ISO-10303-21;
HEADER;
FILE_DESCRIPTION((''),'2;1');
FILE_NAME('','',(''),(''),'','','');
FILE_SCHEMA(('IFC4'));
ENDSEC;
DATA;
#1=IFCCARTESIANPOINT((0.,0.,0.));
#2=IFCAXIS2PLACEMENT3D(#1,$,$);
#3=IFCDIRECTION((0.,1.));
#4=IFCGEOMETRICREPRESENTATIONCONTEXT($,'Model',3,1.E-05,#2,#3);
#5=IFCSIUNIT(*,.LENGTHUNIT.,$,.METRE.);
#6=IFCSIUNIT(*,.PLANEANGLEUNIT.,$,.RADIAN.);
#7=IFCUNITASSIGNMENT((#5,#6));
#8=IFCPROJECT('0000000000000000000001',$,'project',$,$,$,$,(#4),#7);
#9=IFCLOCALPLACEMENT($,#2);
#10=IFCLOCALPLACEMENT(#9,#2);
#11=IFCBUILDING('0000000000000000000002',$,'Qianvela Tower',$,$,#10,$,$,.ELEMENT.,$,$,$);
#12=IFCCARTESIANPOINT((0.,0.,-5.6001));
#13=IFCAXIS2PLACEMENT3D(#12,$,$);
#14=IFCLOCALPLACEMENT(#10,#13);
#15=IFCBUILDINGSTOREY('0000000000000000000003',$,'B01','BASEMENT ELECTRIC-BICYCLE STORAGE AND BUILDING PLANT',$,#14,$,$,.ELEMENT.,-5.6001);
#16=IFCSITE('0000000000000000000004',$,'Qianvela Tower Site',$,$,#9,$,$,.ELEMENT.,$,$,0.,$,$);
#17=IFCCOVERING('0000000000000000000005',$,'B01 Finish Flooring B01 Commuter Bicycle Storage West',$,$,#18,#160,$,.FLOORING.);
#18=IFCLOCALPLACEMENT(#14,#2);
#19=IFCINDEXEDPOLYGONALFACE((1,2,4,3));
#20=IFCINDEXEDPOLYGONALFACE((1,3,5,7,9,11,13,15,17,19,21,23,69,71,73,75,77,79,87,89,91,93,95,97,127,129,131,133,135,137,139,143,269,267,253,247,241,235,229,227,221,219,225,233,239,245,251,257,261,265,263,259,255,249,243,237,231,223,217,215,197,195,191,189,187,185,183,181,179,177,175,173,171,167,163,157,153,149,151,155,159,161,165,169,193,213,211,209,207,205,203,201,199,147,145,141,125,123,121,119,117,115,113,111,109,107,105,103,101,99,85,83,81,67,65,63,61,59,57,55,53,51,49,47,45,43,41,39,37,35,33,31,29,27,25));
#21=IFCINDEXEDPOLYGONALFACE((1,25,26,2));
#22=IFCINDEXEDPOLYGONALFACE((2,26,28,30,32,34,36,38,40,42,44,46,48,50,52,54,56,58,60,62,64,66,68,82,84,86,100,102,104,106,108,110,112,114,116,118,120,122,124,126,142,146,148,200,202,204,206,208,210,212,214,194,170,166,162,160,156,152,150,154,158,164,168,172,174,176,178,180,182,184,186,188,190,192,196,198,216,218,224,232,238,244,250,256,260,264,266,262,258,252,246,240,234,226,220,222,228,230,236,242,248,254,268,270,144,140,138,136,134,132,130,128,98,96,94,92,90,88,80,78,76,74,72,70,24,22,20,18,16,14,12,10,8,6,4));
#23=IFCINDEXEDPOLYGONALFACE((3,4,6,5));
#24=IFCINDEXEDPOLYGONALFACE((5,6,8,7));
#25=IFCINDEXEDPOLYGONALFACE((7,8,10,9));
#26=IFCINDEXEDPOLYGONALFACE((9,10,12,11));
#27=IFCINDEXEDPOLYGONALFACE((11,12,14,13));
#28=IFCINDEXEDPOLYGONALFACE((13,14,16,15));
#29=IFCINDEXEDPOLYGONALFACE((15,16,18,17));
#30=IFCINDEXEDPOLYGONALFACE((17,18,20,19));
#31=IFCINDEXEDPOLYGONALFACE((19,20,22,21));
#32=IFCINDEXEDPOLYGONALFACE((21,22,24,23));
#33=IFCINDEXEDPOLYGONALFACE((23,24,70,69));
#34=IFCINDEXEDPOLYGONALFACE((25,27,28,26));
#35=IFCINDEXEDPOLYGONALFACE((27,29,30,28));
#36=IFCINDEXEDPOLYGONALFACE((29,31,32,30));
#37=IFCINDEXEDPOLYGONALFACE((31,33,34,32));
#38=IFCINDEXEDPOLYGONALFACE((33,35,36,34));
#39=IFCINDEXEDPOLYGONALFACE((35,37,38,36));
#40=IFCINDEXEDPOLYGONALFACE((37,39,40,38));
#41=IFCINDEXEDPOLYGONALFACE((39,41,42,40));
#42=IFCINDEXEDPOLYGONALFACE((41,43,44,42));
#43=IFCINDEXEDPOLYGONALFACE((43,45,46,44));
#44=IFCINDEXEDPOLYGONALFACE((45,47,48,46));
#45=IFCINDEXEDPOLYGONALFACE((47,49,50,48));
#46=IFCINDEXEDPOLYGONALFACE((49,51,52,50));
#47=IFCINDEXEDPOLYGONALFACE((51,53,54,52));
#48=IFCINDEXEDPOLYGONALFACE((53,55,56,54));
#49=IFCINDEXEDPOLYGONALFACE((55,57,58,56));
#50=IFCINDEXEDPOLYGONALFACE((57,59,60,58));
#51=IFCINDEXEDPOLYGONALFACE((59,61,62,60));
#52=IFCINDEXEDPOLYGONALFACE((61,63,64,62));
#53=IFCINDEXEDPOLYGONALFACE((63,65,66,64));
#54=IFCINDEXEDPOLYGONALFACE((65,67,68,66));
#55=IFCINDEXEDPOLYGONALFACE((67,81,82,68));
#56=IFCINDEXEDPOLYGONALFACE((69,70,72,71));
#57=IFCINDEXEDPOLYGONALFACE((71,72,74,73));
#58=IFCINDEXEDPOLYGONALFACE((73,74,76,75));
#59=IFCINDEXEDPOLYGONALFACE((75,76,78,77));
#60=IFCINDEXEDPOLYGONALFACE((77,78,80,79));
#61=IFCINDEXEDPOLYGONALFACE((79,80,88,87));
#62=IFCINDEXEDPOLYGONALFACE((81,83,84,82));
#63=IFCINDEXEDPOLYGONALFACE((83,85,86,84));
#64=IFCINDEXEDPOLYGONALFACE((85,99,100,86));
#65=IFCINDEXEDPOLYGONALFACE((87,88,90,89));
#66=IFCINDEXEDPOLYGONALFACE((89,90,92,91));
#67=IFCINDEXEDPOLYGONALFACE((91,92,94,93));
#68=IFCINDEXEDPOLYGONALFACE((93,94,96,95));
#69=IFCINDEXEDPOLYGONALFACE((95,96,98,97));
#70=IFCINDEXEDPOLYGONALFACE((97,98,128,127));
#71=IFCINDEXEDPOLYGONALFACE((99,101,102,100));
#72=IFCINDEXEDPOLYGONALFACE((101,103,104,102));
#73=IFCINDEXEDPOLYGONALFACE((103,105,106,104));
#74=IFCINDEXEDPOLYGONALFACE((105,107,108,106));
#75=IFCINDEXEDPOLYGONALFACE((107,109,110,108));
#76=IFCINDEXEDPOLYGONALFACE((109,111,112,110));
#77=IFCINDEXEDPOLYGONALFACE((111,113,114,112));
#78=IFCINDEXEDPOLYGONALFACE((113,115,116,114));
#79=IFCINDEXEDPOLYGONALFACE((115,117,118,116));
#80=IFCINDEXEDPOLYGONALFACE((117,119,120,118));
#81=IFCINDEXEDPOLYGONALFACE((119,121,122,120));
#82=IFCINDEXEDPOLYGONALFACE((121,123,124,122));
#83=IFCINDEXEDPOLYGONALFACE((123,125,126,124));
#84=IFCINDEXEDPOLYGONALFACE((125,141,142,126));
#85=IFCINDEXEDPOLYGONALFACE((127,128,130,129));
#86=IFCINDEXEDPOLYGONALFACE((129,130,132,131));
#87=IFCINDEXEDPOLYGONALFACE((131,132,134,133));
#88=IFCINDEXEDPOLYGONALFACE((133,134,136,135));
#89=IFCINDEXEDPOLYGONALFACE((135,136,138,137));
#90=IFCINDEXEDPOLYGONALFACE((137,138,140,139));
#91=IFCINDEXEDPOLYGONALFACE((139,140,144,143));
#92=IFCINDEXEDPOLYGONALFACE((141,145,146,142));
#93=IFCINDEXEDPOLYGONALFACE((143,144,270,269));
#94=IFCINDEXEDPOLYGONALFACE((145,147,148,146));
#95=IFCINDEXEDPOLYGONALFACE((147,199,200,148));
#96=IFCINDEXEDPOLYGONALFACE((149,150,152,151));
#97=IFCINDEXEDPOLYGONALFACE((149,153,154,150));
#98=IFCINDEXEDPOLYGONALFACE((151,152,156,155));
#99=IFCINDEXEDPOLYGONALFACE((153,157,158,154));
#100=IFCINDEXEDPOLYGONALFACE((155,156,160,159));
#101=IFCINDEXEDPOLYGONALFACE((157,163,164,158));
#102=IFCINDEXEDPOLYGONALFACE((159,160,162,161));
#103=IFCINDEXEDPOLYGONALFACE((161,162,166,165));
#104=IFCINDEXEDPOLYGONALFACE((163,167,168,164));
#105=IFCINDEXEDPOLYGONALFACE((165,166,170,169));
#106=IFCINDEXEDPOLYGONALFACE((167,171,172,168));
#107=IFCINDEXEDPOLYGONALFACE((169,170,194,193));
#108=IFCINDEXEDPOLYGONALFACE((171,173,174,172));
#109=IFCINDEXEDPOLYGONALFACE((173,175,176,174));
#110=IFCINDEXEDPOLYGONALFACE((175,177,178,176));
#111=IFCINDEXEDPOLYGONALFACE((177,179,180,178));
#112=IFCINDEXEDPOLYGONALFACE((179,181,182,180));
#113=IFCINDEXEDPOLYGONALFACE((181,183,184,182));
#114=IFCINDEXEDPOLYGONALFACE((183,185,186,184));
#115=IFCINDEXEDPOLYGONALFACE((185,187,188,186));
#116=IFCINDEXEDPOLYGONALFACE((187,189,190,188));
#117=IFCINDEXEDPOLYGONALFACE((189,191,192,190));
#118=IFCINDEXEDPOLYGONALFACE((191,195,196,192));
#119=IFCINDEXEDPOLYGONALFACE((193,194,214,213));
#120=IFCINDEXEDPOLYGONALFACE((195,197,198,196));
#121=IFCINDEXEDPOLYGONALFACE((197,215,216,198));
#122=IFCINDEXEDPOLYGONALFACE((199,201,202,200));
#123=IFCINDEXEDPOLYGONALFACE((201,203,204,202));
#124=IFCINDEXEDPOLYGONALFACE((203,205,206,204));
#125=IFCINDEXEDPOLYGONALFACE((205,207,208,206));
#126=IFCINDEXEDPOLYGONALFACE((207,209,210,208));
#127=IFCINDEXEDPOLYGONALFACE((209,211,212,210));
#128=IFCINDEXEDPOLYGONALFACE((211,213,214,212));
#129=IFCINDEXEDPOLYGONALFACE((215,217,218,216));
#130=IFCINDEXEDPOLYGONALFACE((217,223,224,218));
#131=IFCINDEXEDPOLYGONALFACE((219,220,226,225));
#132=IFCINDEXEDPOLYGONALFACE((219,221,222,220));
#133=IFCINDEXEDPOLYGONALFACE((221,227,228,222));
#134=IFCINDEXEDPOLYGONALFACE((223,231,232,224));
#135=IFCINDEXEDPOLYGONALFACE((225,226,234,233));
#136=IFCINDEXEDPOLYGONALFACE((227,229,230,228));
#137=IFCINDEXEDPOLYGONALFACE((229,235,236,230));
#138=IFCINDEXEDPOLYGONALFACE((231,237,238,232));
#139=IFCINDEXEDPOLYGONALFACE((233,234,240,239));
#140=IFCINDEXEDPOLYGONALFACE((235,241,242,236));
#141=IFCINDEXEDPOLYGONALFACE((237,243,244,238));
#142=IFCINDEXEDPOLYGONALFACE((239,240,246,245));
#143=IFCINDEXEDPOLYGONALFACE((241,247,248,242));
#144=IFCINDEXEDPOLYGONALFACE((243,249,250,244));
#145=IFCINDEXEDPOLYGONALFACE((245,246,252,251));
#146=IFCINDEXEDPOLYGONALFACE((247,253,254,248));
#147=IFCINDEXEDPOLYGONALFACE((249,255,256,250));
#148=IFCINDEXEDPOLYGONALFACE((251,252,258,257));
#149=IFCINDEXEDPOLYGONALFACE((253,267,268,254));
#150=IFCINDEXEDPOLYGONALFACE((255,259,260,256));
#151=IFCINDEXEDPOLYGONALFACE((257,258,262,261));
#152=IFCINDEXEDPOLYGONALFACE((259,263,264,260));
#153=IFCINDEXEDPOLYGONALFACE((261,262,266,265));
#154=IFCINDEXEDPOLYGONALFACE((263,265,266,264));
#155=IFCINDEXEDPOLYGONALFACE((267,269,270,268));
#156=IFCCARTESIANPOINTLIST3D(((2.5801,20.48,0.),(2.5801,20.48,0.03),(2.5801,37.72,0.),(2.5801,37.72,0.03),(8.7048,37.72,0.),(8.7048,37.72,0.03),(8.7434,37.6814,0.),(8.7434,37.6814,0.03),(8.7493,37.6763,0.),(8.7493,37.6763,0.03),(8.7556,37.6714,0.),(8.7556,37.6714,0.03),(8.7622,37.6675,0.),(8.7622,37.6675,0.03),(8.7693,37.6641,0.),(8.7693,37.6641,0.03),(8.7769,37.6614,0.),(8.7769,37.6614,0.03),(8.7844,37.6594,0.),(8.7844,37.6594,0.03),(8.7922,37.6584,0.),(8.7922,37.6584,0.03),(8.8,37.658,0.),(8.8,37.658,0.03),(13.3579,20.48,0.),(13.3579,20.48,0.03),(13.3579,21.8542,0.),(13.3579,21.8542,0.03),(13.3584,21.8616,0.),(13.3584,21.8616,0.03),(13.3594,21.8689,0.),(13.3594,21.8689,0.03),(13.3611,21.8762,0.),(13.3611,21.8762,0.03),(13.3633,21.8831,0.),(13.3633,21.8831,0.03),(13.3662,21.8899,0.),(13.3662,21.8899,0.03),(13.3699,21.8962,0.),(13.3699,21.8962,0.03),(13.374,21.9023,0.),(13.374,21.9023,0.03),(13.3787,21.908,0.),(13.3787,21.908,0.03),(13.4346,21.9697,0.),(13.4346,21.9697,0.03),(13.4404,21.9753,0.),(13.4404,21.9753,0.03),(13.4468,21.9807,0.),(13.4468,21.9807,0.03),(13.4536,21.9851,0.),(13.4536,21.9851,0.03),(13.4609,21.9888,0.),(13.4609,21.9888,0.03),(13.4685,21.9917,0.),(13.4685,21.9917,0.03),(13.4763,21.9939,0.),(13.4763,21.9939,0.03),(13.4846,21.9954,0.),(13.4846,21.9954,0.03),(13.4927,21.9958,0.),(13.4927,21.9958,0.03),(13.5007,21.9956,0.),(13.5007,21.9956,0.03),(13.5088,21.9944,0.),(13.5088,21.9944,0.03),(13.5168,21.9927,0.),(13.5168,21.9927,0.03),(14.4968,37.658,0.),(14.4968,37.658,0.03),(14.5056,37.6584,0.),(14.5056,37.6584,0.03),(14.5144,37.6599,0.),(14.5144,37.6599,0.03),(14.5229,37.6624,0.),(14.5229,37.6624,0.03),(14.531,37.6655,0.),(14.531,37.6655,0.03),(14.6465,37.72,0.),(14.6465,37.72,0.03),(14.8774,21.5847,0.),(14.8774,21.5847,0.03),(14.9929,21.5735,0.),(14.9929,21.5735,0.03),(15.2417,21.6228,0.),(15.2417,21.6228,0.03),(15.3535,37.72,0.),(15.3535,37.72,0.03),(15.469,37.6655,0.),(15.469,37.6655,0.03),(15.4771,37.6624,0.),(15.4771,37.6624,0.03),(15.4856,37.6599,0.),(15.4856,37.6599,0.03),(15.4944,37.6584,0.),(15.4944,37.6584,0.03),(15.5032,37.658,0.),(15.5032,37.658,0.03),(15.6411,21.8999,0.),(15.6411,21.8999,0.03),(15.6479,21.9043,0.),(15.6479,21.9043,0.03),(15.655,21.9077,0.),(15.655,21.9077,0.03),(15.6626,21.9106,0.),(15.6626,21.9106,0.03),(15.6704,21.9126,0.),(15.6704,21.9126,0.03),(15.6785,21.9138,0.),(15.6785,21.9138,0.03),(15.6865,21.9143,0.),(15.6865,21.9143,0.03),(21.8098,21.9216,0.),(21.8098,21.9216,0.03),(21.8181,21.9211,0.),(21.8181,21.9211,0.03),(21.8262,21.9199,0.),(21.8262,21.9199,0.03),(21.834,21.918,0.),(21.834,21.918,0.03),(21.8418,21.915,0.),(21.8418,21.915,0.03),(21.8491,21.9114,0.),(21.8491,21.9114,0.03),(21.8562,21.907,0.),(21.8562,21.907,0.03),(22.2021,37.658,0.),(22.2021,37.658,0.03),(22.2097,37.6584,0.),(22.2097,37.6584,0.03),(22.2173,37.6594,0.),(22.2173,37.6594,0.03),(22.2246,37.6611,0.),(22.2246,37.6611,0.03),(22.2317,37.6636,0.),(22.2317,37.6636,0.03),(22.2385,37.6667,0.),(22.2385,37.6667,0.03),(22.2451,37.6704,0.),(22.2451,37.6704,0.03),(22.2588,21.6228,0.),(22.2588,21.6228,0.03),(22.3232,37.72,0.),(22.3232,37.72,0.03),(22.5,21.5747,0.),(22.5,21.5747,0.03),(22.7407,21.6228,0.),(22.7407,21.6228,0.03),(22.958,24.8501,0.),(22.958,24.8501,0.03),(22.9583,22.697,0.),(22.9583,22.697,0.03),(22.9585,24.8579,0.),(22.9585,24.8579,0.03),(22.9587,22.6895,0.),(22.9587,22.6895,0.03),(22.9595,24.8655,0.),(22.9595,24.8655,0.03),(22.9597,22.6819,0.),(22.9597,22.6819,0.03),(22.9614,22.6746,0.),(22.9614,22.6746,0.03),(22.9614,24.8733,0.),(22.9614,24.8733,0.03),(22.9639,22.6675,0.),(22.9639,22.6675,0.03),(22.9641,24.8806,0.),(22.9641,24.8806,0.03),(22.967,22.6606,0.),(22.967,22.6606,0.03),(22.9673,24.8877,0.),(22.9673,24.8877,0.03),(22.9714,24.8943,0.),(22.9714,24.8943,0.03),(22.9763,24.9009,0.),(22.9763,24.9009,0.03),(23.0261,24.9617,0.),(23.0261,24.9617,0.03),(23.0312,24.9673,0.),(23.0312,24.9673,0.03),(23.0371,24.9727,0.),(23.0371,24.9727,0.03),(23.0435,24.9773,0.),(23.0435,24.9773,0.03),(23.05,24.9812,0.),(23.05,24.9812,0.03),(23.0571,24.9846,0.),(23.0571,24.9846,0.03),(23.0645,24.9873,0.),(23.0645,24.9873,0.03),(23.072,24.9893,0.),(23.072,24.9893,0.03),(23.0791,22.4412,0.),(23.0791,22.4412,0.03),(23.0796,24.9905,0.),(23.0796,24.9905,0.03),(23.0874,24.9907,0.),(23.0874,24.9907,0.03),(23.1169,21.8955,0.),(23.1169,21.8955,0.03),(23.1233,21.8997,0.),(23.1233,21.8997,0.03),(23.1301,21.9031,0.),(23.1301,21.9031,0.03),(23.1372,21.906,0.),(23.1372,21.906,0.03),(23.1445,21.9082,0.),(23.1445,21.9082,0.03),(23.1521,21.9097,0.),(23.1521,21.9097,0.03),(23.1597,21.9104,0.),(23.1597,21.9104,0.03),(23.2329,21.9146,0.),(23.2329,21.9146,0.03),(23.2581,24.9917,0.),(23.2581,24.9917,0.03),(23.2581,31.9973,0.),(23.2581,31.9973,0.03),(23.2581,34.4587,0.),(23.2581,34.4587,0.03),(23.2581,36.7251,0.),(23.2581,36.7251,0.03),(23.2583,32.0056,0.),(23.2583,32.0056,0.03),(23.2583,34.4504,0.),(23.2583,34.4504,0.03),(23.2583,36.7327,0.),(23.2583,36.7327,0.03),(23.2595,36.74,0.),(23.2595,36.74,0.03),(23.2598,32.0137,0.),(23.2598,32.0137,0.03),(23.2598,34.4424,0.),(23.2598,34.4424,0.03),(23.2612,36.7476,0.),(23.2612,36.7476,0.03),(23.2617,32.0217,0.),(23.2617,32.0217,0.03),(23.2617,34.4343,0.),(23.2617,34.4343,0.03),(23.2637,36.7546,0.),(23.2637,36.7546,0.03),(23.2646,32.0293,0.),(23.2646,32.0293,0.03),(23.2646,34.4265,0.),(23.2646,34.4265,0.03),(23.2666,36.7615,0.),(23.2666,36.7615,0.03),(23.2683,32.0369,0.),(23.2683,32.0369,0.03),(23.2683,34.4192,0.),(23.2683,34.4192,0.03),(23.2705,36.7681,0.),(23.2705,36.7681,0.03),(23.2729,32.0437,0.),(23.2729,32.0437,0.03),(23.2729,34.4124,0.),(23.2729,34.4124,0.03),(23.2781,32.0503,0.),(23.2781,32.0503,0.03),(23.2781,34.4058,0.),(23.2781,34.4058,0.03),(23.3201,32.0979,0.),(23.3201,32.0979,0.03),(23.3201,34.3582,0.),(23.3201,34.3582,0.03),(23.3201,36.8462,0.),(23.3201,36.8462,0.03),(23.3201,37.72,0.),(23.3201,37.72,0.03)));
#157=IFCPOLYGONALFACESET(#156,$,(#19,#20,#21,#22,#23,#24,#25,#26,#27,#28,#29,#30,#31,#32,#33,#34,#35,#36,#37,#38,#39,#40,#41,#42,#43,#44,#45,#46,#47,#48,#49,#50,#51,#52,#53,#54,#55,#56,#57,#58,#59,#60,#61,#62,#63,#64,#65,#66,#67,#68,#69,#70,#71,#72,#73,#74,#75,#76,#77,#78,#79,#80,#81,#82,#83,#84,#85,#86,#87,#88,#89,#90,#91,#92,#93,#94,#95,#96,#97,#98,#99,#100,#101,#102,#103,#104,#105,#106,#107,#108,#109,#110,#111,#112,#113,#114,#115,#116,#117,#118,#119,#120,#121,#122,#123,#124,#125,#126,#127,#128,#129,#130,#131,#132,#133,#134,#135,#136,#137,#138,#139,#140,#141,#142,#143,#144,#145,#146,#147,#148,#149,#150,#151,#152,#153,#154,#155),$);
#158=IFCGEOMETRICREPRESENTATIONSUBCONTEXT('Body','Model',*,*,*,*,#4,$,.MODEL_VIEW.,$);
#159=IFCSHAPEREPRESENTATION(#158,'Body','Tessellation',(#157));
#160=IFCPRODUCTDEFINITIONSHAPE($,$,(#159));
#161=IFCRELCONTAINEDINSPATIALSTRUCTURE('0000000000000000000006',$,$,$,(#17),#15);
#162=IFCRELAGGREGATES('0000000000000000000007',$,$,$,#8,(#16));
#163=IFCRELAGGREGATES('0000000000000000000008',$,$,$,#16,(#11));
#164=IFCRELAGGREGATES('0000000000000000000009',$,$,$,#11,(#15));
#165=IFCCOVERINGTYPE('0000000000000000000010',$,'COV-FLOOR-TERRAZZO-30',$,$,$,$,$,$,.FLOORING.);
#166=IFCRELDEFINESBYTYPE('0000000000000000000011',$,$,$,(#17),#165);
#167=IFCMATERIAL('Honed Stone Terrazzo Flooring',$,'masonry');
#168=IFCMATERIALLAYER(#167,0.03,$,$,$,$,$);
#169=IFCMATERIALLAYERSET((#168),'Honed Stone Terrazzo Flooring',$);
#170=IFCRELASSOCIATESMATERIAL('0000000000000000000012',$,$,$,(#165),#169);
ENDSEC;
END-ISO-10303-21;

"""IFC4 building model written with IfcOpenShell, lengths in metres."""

from ifc_helpers import new_model, si_unit, direction, frame, origin, place, context, subcontext, project, spatial, polyline, outline, extrude, material, layer, layer_set, type_object, element, save


model = new_model("IFC4")

# Units and contexts
model_context = context("Model", 3, precision=1e-05, world=origin(), true_north=direction((0.0, 1.0)))
body_context = subcontext(model_context, "Body", "Model", "MODEL_VIEW")
ifc_project = project(units=[si_unit("LENGTHUNIT", "METRE"), si_unit("PLANEANGLEUNIT", "RADIAN")], contexts=[model_context])

# Site, building, storey
site_placement = place(None, origin())
site = spatial("IfcSite", under=ifc_project, at=site_placement, Name="Qianvela Tower Site", CompositionType="ELEMENT", RefElevation=0.0)
building_placement = place(site_placement, origin())
building = spatial("IfcBuilding", under=site, at=building_placement, Name="Qianvela Tower", CompositionType="ELEMENT")
storey_placement = place(building_placement, frame((0.0, 0.0, -5.6001)))
storey = spatial("IfcBuildingStorey", under=building, at=storey_placement, Name="B01", Description="BASEMENT ELECTRIC-BICYCLE STORAGE AND BUILDING PLANT", CompositionType="ELEMENT", Elevation=-5.6001)

# Covering
ifc_material_1 = material(Name="Honed Stone Terrazzo Flooring", Category="masonry")
ifc_layer_1 = layer(ifc_material_1, 0.03)
ifc_layer_set_1 = layer_set([ifc_layer_1], Name="Honed Stone Terrazzo Flooring")
covering_type_1 = type_object("IfcCoveringType", Name="COV-FLOOR-TERRAZZO-30", PredefinedType="FLOORING", material=ifc_layer_set_1)
covering_1_placement = place(storey_placement, origin())
element("IfcCovering", 1, at=covering_1_placement, inside=storey, type_object=covering_type_1, Name="B01 Finish Flooring B01 Commuter Bicycle Storage West", PredefinedType="FLOORING", context=body_context, shape_type="SweptSolid", body=[
    extrude(outline(polyline([(23.3201, 36.8462), (23.2705, 36.7681), (23.2666, 36.7615), (23.2637, 36.7546), (23.2612, 36.7476), (23.2595, 36.74), (23.2583, 36.7327), (23.2581, 36.7251), (23.2581, 34.4587), (23.2583, 34.4504), (23.2598, 34.4424), (23.2617, 34.4343), (23.2646, 34.4265), (23.2683, 34.4192), (23.2729, 34.4124), (23.2781, 34.4058), (23.3201, 34.3582), (23.3201, 32.0979), (23.2781, 32.0503), (23.2729, 32.0437), (23.2683, 32.0369), (23.2646, 32.0293), (23.2617, 32.0217), (23.2598, 32.0137), (23.2583, 32.0056), (23.2581, 31.9973), (23.2581, 24.9917), (23.0874, 24.9907), (23.0796, 24.9905), (23.072, 24.9893), (23.0645, 24.9873), (23.0571, 24.9846), (23.05, 24.9812), (23.0435, 24.9773), (23.0371, 24.9727), (23.0312, 24.9673), (23.0261, 24.9617), (22.9763, 24.9009), (22.9714, 24.8943), (22.9673, 24.8877), (22.9641, 24.8806), (22.9614, 24.8733), (22.9595, 24.8655), (22.9585, 24.8579), (22.958, 24.8501), (22.9583, 22.697), (22.9587, 22.6895), (22.9597, 22.6819), (22.9614, 22.6746), (22.9639, 22.6675), (22.967, 22.6606), (23.0791, 22.4412), (23.2329, 21.9146), (23.1597, 21.9104), (23.1521, 21.9097), (23.1445, 21.9082), (23.1372, 21.906), (23.1301, 21.9031), (23.1233, 21.8997), (23.1169, 21.8955), (22.7407, 21.6228), (22.5, 21.5747), (22.2588, 21.6228), (21.8562, 21.907), (21.8491, 21.9114), (21.8418, 21.915), (21.834, 21.918), (21.8262, 21.9199), (21.8181, 21.9211), (21.8098, 21.9216), (15.6865, 21.9143), (15.6785, 21.9138), (15.6704, 21.9126), (15.6626, 21.9106), (15.655, 21.9077), (15.6479, 21.9043), (15.6411, 21.8999), (15.2417, 21.6228), (14.9929, 21.5735), (14.8774, 21.5847), (13.5168, 21.9927), (13.5088, 21.9944), (13.5007, 21.9956), (13.4927, 21.9958), (13.4846, 21.9954), (13.4763, 21.9939), (13.4685, 21.9917), (13.4609, 21.9888), (13.4536, 21.9851), (13.4468, 21.9807), (13.4404, 21.9753), (13.4346, 21.9697), (13.3787, 21.908), (13.374, 21.9023), (13.3699, 21.8962), (13.3662, 21.8899), (13.3633, 21.8831), (13.3611, 21.8762), (13.3594, 21.8689), (13.3584, 21.8616), (13.3579, 21.8542), (13.3579, 20.48), (2.5801, 20.48), (2.5801, 37.72), (8.7048, 37.72), (8.7434, 37.6814), (8.7493, 37.6763), (8.7556, 37.6714), (8.7622, 37.6675), (8.7693, 37.6641), (8.7769, 37.6614), (8.7844, 37.6594), (8.7922, 37.6584), (8.8, 37.658), (14.4968, 37.658), (14.5056, 37.6584), (14.5144, 37.6599), (14.5229, 37.6624), (14.531, 37.6655), (14.6465, 37.72), (15.3535, 37.72), (15.469, 37.6655), (15.4771, 37.6624), (15.4856, 37.6599), (15.4944, 37.6584), (15.5032, 37.658), (22.2021, 37.658), (22.2097, 37.6584), (22.2173, 37.6594), (22.2246, 37.6611), (22.2317, 37.6636), (22.2385, 37.6667), (22.2451, 37.6704), (22.3232, 37.72), (23.3201, 37.72), (23.3201, 36.8462)])), origin(), (0.0, 0.0, 1.0), 0.03),
])

save(model, "model.ifc")
